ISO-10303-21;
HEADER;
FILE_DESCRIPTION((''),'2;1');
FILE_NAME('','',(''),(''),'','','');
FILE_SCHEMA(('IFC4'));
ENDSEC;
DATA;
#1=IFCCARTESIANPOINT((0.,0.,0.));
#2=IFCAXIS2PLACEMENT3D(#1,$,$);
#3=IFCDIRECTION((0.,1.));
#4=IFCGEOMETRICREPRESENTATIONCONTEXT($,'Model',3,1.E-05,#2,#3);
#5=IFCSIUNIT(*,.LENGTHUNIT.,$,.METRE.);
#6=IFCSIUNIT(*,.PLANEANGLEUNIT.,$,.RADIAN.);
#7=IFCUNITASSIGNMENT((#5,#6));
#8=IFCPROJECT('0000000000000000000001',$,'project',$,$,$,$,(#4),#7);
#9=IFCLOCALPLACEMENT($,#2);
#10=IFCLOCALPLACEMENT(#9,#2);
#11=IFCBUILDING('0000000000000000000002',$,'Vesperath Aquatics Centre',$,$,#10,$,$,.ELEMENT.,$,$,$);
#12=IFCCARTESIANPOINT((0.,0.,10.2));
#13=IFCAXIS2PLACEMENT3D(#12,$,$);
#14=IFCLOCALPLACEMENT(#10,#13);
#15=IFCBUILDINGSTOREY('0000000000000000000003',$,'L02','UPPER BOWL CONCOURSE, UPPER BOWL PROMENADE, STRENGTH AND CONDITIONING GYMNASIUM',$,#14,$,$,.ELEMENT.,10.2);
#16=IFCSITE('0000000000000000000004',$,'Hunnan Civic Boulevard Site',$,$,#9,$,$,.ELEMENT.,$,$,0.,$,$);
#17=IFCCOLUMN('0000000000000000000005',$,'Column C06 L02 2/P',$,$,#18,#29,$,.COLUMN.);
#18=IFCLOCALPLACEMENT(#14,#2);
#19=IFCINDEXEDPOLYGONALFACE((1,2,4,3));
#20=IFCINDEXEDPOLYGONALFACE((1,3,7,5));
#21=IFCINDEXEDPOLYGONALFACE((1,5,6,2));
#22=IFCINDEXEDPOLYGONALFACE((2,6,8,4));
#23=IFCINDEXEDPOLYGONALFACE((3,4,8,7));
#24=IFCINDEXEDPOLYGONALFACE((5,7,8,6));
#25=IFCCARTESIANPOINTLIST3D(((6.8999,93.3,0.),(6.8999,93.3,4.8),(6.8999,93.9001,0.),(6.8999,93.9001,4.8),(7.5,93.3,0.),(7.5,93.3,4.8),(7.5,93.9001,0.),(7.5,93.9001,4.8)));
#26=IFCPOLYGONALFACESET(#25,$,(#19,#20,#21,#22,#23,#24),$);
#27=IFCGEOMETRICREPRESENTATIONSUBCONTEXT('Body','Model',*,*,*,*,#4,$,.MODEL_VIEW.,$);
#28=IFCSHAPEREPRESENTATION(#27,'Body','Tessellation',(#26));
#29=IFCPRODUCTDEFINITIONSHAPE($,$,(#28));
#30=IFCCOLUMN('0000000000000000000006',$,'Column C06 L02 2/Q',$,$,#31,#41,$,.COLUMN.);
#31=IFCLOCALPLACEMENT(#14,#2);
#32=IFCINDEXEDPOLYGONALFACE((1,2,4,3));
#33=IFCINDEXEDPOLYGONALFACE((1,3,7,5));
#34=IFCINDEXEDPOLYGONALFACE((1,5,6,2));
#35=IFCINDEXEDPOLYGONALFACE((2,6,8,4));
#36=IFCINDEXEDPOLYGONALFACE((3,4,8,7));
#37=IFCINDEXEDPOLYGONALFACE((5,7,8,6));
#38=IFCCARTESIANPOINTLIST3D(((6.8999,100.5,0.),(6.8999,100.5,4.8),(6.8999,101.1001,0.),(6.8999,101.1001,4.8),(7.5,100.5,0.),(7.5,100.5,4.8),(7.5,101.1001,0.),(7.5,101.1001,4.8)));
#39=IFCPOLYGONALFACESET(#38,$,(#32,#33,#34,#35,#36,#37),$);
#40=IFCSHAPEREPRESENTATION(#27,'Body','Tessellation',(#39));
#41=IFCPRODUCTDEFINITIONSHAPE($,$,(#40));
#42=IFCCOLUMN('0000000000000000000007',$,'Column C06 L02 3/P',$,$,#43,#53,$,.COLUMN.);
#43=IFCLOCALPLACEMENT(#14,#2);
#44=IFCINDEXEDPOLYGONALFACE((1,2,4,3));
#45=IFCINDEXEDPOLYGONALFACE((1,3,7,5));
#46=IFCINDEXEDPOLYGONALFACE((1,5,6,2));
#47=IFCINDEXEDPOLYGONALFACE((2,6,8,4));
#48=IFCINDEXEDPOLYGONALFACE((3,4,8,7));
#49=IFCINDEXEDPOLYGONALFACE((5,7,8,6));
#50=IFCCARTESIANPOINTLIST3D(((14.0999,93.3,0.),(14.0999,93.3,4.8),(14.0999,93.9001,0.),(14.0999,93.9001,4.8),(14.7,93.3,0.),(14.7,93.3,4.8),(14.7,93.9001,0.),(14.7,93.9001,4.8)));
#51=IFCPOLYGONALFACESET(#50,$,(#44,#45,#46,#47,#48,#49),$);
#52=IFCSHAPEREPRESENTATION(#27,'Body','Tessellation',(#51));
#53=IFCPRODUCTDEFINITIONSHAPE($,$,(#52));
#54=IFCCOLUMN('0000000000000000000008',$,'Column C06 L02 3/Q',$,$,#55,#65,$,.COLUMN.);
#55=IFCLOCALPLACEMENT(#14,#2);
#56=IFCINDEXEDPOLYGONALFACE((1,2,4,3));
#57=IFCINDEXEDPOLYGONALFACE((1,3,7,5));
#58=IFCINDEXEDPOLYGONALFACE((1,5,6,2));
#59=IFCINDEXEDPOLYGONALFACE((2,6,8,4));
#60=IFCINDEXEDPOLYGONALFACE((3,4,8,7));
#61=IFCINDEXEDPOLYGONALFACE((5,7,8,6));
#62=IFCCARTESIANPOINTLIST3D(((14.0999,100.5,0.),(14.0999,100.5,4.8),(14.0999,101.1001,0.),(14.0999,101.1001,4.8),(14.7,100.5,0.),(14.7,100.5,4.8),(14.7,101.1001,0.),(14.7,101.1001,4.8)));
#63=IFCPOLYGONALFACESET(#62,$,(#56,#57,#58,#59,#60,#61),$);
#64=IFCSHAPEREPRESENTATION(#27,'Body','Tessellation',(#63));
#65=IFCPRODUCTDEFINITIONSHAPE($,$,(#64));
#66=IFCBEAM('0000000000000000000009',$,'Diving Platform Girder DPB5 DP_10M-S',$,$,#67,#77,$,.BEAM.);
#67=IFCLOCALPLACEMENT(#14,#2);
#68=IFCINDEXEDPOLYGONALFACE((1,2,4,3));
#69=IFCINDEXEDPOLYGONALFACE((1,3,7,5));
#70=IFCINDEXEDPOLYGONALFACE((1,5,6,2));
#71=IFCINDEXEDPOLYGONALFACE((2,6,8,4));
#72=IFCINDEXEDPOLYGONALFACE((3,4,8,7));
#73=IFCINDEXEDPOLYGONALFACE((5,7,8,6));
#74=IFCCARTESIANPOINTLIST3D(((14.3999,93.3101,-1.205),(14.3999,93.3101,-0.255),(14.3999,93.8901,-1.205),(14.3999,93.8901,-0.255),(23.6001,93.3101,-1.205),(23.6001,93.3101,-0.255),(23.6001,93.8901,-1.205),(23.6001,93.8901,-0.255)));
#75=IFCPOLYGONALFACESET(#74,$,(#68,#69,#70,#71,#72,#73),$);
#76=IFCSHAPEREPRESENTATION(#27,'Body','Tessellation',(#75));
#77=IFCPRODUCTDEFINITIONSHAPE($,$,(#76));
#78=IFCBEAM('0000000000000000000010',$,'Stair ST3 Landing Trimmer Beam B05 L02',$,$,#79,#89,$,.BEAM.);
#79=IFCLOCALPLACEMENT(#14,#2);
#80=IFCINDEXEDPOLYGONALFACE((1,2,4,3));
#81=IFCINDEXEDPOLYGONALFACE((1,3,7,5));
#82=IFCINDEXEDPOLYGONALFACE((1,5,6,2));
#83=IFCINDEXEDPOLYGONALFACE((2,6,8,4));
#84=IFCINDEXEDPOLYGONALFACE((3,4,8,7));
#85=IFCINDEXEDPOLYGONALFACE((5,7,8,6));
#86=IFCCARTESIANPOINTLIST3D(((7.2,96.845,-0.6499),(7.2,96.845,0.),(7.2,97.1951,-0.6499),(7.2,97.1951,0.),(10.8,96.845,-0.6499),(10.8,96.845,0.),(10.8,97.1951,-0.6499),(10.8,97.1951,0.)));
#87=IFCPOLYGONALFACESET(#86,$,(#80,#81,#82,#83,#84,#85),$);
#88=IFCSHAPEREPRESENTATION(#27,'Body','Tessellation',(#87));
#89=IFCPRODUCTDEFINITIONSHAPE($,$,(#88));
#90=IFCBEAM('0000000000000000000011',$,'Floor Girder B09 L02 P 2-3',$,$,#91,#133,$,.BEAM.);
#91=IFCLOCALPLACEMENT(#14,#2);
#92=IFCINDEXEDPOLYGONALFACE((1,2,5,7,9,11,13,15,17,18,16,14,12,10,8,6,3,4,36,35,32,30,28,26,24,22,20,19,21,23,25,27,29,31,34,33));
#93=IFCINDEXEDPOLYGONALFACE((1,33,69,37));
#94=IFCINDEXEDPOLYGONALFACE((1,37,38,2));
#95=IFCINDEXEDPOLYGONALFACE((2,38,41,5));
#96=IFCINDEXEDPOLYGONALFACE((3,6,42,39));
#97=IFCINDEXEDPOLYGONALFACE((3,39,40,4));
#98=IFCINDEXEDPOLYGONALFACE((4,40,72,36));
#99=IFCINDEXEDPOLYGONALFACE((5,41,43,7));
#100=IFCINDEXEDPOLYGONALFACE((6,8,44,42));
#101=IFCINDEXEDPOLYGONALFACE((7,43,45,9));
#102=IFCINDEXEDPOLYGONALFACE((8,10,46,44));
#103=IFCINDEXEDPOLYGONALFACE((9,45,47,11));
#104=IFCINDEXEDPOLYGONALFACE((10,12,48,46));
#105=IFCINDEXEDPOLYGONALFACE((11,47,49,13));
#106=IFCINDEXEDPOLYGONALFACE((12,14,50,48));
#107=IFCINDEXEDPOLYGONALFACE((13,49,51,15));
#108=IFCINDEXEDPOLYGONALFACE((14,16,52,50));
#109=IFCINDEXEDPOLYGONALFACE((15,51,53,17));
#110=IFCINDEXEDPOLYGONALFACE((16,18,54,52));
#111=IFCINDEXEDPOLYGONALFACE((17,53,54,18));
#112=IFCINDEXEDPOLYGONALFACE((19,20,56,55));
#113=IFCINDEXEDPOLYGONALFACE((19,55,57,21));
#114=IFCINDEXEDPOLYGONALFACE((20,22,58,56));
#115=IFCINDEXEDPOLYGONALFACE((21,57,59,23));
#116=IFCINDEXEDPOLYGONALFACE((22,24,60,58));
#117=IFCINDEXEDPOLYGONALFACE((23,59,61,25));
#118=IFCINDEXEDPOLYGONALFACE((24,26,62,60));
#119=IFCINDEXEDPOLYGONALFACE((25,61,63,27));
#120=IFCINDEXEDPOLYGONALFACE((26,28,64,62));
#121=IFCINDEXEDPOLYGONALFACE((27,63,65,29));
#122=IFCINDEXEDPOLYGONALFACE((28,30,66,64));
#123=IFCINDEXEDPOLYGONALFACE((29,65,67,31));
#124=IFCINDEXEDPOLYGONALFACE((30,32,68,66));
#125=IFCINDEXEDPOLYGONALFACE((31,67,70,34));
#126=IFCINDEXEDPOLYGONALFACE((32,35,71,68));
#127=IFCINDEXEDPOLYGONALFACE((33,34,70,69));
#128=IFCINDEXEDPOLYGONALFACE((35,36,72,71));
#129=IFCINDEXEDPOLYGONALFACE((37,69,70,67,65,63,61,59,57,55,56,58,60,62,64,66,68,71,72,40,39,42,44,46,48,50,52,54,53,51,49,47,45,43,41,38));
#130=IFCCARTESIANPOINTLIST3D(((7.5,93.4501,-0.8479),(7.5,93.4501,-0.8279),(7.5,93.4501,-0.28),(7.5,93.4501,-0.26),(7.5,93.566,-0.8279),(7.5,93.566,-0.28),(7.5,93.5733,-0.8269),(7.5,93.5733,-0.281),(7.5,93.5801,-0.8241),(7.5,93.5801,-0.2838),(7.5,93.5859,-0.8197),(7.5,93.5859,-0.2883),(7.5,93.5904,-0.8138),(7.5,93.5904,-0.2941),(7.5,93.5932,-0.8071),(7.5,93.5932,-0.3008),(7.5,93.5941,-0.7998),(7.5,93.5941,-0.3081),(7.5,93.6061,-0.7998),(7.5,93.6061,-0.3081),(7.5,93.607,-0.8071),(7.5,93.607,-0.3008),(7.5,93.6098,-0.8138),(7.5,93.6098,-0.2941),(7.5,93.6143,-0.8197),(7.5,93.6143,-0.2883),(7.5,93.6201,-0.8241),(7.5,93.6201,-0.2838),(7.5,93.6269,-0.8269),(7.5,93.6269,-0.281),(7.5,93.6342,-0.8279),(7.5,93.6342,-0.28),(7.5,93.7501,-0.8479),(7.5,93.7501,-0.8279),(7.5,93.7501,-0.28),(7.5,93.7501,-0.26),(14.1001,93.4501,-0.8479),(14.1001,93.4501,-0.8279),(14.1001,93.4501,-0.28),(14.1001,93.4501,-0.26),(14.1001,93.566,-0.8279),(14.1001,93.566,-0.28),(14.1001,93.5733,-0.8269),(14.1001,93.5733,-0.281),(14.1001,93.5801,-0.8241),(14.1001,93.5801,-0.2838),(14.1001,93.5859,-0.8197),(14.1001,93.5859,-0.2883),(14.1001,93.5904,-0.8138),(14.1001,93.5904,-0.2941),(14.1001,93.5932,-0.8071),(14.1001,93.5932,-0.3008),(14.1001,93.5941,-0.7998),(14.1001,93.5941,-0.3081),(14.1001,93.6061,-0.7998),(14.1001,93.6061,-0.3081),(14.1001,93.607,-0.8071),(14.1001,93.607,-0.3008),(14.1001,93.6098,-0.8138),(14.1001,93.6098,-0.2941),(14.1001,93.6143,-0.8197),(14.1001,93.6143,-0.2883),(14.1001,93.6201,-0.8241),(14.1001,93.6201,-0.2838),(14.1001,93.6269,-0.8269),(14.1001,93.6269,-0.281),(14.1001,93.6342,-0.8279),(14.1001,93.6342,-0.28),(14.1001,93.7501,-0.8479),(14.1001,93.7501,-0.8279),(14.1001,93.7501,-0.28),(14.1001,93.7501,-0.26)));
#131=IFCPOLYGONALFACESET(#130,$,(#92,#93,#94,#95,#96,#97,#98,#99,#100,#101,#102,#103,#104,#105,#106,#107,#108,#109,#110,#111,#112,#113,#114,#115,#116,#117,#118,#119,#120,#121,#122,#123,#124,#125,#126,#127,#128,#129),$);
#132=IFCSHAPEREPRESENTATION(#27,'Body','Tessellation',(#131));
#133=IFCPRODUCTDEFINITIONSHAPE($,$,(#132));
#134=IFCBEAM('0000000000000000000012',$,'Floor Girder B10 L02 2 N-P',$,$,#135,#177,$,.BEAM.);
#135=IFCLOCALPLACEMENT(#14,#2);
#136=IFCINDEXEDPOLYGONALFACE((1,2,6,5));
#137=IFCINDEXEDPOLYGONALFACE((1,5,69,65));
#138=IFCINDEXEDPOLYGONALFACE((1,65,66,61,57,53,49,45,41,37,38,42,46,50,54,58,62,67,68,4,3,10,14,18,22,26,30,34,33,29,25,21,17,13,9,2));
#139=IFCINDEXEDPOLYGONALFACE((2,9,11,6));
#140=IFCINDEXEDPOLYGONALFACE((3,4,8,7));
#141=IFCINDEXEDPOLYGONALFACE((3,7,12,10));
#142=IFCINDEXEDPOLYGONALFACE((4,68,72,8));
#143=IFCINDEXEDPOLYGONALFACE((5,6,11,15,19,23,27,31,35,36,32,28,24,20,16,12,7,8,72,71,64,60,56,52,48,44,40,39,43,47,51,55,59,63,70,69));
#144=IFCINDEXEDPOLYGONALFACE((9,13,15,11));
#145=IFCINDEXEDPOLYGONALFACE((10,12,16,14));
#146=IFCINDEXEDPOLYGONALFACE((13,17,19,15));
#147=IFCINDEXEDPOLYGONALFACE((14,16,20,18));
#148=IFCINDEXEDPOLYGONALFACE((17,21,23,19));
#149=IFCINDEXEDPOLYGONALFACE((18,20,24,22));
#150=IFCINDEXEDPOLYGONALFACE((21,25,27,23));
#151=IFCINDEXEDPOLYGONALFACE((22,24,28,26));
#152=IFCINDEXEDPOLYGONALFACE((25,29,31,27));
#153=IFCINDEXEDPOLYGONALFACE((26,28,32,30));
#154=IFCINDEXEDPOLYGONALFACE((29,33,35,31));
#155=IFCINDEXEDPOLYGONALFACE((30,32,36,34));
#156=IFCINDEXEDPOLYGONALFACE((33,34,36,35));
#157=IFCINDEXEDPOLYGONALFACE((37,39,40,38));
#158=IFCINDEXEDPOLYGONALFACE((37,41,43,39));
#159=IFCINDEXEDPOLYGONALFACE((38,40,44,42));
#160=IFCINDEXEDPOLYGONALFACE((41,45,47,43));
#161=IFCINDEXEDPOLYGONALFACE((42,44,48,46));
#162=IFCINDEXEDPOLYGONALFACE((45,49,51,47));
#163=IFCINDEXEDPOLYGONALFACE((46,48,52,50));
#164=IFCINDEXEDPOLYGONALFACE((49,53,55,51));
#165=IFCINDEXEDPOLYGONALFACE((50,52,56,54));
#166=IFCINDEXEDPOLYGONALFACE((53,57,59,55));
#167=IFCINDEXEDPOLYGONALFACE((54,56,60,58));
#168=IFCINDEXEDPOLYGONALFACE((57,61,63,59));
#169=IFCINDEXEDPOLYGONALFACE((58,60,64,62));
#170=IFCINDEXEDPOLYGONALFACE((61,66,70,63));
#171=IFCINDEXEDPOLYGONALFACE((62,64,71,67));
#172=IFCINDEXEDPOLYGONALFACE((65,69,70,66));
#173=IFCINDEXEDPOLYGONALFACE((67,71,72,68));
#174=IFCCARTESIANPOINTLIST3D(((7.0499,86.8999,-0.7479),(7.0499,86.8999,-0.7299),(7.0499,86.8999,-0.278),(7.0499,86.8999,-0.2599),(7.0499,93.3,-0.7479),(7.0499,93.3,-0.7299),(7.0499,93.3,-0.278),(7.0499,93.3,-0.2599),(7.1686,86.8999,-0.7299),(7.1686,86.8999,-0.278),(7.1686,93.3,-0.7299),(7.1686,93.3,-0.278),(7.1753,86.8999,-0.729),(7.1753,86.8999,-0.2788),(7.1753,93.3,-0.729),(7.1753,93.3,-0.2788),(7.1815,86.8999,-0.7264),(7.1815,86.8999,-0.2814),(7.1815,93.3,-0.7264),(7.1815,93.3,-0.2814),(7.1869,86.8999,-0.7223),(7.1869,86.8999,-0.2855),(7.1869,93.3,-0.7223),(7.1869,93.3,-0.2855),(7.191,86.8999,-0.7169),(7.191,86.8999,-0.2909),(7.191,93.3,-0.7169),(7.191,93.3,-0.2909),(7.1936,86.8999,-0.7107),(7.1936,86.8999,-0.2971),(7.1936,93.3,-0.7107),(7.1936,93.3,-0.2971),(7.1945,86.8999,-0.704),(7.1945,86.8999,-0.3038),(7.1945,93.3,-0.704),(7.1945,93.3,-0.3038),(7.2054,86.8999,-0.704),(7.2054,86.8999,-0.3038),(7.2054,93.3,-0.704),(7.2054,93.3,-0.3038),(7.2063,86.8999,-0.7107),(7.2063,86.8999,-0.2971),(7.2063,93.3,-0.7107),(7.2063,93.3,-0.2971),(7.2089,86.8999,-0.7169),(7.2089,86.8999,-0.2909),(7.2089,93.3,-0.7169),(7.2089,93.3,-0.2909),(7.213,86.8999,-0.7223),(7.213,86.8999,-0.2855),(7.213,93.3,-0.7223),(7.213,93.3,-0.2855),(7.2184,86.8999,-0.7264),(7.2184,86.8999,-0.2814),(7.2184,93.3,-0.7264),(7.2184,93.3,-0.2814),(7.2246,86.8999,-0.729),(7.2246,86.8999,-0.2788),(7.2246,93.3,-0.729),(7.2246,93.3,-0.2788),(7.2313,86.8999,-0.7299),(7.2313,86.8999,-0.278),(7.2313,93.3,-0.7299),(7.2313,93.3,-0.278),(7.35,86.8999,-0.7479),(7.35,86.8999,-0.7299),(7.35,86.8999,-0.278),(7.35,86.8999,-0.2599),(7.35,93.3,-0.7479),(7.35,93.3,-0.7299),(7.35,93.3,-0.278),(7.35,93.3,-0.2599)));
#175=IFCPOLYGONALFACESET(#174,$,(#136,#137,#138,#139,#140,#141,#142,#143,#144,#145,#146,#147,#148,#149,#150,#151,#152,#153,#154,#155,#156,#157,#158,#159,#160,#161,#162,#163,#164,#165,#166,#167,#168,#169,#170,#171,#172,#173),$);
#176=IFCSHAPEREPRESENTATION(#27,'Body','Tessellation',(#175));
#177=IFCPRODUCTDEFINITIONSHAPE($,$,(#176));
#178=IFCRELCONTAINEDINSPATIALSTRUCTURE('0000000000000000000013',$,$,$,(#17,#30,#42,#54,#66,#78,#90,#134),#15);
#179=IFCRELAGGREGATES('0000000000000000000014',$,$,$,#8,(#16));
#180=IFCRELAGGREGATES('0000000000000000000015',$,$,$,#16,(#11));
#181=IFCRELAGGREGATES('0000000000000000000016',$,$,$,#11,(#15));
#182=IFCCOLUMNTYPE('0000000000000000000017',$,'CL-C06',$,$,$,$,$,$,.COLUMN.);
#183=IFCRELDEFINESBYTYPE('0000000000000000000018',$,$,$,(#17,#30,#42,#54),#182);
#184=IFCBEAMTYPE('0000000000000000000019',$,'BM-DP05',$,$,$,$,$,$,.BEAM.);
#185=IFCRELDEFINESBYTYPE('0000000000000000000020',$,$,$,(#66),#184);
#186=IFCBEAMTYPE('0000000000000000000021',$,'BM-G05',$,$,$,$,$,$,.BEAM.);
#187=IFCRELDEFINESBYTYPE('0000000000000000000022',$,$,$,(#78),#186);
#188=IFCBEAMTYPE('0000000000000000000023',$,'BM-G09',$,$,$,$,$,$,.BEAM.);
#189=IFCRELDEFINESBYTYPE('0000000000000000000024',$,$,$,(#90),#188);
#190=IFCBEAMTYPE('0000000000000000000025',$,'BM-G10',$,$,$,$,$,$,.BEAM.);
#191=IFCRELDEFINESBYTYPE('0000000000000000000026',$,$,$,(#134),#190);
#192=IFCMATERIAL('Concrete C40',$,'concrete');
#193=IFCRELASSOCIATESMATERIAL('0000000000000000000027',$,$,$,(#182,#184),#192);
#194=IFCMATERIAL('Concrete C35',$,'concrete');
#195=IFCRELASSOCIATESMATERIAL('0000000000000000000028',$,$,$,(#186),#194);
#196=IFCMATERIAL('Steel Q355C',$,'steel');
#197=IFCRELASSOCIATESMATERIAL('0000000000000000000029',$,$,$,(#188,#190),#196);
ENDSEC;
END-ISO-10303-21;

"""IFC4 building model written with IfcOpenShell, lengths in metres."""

from ifc_helpers import new_model, si_unit, direction, frame, origin, origin_2d, place, context, subcontext, project, spatial, rectangle, i_section, extrude, material, material_profile, profile_set, type_object, element, save


model = new_model("IFC4")

# Units and contexts
model_context = context("Model", 3, precision=1e-05, world=origin(), true_north=direction((0.0, 1.0)))
body_context = subcontext(model_context, "Body", "Model", "MODEL_VIEW")
ifc_project = project(units=[si_unit("LENGTHUNIT", "METRE"), si_unit("PLANEANGLEUNIT", "RADIAN")], contexts=[model_context])

# Site, building, storey
site_placement = place(None, origin())
site = spatial("IfcSite", under=ifc_project, at=site_placement, Name="Hunnan Civic Boulevard Site", CompositionType="ELEMENT", RefElevation=0.0)
building_placement = place(site_placement, origin())
building = spatial("IfcBuilding", under=site, at=building_placement, Name="Vesperath Aquatics Centre", CompositionType="ELEMENT")
storey_placement = place(building_placement, frame((0.0, 0.0, 10.2)))
storey = spatial("IfcBuildingStorey", under=building, at=storey_placement, Name="L02", Description="UPPER BOWL CONCOURSE, UPPER BOWL PROMENADE, STRENGTH AND CONDITIONING GYMNASIUM", CompositionType="ELEMENT", Elevation=10.2)

# Columns
ifc_material_1 = material(Name="Concrete C40", Category="concrete")
ifc_material_profile_1 = material_profile(ifc_material_1, rectangle(XDim=0.6001, YDim=0.6001, at=origin_2d()), Name="RC 600x600")
ifc_profile_set_1 = profile_set([ifc_material_profile_1], Name="Concrete C40")
column_type = type_object("IfcColumnType", Name="CL-C06", PredefinedType="COLUMN", material=ifc_profile_set_1)
for number, where, z_axis, x_axis, name in (
    (1, (7.2, 93.6001, 0.0), (0.0, 0.0, 1.0), (1.0, 0.0, 0.0), "Column C06 L02 2/P"),
    (2, (7.2, 100.8, 0.0), (0.0, 0.0, 1.0), (1.0, 0.0, 0.0), "Column C06 L02 2/Q"),
    (3, (14.3999, 93.6001, 0.0), (0.0, 0.0, 1.0), (1.0, 0.0, 0.0), "Column C06 L02 3/P"),
    (4, (14.3999, 100.8, 0.0), (0.0, 0.0, 1.0), (1.0, 0.0, 0.0), "Column C06 L02 3/Q"),
):
    element("IfcColumn", number, at=place(storey_placement, frame(where, z_axis=z_axis, x_axis=x_axis)), inside=storey, type_object=column_type, Name=name, PredefinedType="COLUMN", context=body_context, shape_type="SweptSolid", body=[
        extrude(rectangle(XDim=0.6001, YDim=0.6001, at=origin_2d()), origin(), (0.0, 0.0, 1.0), 4.8),
    ])

# Beams
ifc_material_profile_2 = material_profile(ifc_material_1, rectangle(XDim=0.5801, YDim=0.95, at=origin_2d()), Name="RC 580x950")
ifc_profile_set_2 = profile_set([ifc_material_profile_2], Name="Concrete C40")
beam_type_1 = type_object("IfcBeamType", Name="BM-DP05", PredefinedType="BEAM", material=ifc_profile_set_2)
beam_1_placement = place(storey_placement, frame((14.3999, 93.6001, -0.73), z_axis=(1.0, 0.0, 0.0), x_axis=(0.0, 1.0, 0.0)))
element("IfcBeam", 5, at=beam_1_placement, inside=storey, type_object=beam_type_1, Name="Diving Platform Girder DPB5 DP_10M-S", PredefinedType="BEAM", context=body_context, shape_type="SweptSolid", body=[
    extrude(rectangle(XDim=0.5801, YDim=0.95, at=origin_2d()), origin(), (0.0, 0.0, 1.0), 9.2002),
])
ifc_material_2 = material(Name="Concrete C35", Category="concrete")
ifc_material_profile_3 = material_profile(ifc_material_2, rectangle(XDim=0.3501, YDim=0.6499, at=origin_2d()), Name="RC 350x650")
ifc_profile_set_3 = profile_set([ifc_material_profile_3], Name="Concrete C35")
beam_type_2 = type_object("IfcBeamType", Name="BM-G05", PredefinedType="BEAM", material=ifc_profile_set_3)
beam_2_placement = place(storey_placement, frame((7.2, 97.02, -0.325), z_axis=(1.0, 0.0, 0.0), x_axis=(0.0, 1.0, 0.0)))
element("IfcBeam", 6, at=beam_2_placement, inside=storey, type_object=beam_type_2, Name="Stair ST3 Landing Trimmer Beam B05 L02", PredefinedType="BEAM", context=body_context, shape_type="SweptSolid", body=[
    extrude(rectangle(XDim=0.3501, YDim=0.6499, at=origin_2d()), origin(), (0.0, 0.0, 1.0), 3.6001),
])
ifc_material_3 = material(Name="Steel Q355C", Category="steel")
ifc_material_profile_4 = material_profile(ifc_material_3, i_section(OverallWidth=0.3, OverallDepth=0.5879, WebThickness=0.012, FlangeThickness=0.02, FilletRadius=0.0281, at=origin_2d()), Name="HM 588x300x12x20")
ifc_profile_set_4 = profile_set([ifc_material_profile_4], Name="Steel Q355C")
beam_type_3 = type_object("IfcBeamType", Name="BM-G09", PredefinedType="BEAM", material=ifc_profile_set_4)
beam_3_placement = place(storey_placement, frame((7.5, 93.6001, -0.554), z_axis=(1.0, 0.0, 0.0), x_axis=(0.0, 1.0, 0.0)))
element("IfcBeam", 7, at=beam_3_placement, inside=storey, type_object=beam_type_3, Name="Floor Girder B09 L02 P 2-3", PredefinedType="BEAM", context=body_context, shape_type="SweptSolid", body=[
    extrude(i_section(OverallWidth=0.3, OverallDepth=0.5879, WebThickness=0.012, FlangeThickness=0.02, FilletRadius=0.0281, at=origin_2d()), origin(), (0.0, 0.0, 1.0), 6.6001),
])
ifc_material_profile_5 = material_profile(ifc_material_3, i_section(OverallWidth=0.3, OverallDepth=0.488, WebThickness=0.011, FlangeThickness=0.0181, FilletRadius=0.0259, at=origin_2d()), Name="HM 488x300x11x18")
ifc_profile_set_5 = profile_set([ifc_material_profile_5], Name="Steel Q355C")
beam_type_4 = type_object("IfcBeamType", Name="BM-G10", PredefinedType="BEAM", material=ifc_profile_set_5)
beam_4_placement = place(storey_placement, frame((7.2, 86.8999, -0.5039), z_axis=(0.0, 1.0, 0.0), x_axis=(-1.0, 0.0, 0.0)))
element("IfcBeam", 8, at=beam_4_placement, inside=storey, type_object=beam_type_4, Name="Floor Girder B10 L02 2 N-P", PredefinedType="BEAM", context=body_context, shape_type="SweptSolid", body=[
    extrude(i_section(OverallWidth=0.3, OverallDepth=0.488, WebThickness=0.011, FlangeThickness=0.0181, FilletRadius=0.0259, at=origin_2d()), origin(), (0.0, 0.0, 1.0), 6.4001),
])

save(model, "model.ifc")
